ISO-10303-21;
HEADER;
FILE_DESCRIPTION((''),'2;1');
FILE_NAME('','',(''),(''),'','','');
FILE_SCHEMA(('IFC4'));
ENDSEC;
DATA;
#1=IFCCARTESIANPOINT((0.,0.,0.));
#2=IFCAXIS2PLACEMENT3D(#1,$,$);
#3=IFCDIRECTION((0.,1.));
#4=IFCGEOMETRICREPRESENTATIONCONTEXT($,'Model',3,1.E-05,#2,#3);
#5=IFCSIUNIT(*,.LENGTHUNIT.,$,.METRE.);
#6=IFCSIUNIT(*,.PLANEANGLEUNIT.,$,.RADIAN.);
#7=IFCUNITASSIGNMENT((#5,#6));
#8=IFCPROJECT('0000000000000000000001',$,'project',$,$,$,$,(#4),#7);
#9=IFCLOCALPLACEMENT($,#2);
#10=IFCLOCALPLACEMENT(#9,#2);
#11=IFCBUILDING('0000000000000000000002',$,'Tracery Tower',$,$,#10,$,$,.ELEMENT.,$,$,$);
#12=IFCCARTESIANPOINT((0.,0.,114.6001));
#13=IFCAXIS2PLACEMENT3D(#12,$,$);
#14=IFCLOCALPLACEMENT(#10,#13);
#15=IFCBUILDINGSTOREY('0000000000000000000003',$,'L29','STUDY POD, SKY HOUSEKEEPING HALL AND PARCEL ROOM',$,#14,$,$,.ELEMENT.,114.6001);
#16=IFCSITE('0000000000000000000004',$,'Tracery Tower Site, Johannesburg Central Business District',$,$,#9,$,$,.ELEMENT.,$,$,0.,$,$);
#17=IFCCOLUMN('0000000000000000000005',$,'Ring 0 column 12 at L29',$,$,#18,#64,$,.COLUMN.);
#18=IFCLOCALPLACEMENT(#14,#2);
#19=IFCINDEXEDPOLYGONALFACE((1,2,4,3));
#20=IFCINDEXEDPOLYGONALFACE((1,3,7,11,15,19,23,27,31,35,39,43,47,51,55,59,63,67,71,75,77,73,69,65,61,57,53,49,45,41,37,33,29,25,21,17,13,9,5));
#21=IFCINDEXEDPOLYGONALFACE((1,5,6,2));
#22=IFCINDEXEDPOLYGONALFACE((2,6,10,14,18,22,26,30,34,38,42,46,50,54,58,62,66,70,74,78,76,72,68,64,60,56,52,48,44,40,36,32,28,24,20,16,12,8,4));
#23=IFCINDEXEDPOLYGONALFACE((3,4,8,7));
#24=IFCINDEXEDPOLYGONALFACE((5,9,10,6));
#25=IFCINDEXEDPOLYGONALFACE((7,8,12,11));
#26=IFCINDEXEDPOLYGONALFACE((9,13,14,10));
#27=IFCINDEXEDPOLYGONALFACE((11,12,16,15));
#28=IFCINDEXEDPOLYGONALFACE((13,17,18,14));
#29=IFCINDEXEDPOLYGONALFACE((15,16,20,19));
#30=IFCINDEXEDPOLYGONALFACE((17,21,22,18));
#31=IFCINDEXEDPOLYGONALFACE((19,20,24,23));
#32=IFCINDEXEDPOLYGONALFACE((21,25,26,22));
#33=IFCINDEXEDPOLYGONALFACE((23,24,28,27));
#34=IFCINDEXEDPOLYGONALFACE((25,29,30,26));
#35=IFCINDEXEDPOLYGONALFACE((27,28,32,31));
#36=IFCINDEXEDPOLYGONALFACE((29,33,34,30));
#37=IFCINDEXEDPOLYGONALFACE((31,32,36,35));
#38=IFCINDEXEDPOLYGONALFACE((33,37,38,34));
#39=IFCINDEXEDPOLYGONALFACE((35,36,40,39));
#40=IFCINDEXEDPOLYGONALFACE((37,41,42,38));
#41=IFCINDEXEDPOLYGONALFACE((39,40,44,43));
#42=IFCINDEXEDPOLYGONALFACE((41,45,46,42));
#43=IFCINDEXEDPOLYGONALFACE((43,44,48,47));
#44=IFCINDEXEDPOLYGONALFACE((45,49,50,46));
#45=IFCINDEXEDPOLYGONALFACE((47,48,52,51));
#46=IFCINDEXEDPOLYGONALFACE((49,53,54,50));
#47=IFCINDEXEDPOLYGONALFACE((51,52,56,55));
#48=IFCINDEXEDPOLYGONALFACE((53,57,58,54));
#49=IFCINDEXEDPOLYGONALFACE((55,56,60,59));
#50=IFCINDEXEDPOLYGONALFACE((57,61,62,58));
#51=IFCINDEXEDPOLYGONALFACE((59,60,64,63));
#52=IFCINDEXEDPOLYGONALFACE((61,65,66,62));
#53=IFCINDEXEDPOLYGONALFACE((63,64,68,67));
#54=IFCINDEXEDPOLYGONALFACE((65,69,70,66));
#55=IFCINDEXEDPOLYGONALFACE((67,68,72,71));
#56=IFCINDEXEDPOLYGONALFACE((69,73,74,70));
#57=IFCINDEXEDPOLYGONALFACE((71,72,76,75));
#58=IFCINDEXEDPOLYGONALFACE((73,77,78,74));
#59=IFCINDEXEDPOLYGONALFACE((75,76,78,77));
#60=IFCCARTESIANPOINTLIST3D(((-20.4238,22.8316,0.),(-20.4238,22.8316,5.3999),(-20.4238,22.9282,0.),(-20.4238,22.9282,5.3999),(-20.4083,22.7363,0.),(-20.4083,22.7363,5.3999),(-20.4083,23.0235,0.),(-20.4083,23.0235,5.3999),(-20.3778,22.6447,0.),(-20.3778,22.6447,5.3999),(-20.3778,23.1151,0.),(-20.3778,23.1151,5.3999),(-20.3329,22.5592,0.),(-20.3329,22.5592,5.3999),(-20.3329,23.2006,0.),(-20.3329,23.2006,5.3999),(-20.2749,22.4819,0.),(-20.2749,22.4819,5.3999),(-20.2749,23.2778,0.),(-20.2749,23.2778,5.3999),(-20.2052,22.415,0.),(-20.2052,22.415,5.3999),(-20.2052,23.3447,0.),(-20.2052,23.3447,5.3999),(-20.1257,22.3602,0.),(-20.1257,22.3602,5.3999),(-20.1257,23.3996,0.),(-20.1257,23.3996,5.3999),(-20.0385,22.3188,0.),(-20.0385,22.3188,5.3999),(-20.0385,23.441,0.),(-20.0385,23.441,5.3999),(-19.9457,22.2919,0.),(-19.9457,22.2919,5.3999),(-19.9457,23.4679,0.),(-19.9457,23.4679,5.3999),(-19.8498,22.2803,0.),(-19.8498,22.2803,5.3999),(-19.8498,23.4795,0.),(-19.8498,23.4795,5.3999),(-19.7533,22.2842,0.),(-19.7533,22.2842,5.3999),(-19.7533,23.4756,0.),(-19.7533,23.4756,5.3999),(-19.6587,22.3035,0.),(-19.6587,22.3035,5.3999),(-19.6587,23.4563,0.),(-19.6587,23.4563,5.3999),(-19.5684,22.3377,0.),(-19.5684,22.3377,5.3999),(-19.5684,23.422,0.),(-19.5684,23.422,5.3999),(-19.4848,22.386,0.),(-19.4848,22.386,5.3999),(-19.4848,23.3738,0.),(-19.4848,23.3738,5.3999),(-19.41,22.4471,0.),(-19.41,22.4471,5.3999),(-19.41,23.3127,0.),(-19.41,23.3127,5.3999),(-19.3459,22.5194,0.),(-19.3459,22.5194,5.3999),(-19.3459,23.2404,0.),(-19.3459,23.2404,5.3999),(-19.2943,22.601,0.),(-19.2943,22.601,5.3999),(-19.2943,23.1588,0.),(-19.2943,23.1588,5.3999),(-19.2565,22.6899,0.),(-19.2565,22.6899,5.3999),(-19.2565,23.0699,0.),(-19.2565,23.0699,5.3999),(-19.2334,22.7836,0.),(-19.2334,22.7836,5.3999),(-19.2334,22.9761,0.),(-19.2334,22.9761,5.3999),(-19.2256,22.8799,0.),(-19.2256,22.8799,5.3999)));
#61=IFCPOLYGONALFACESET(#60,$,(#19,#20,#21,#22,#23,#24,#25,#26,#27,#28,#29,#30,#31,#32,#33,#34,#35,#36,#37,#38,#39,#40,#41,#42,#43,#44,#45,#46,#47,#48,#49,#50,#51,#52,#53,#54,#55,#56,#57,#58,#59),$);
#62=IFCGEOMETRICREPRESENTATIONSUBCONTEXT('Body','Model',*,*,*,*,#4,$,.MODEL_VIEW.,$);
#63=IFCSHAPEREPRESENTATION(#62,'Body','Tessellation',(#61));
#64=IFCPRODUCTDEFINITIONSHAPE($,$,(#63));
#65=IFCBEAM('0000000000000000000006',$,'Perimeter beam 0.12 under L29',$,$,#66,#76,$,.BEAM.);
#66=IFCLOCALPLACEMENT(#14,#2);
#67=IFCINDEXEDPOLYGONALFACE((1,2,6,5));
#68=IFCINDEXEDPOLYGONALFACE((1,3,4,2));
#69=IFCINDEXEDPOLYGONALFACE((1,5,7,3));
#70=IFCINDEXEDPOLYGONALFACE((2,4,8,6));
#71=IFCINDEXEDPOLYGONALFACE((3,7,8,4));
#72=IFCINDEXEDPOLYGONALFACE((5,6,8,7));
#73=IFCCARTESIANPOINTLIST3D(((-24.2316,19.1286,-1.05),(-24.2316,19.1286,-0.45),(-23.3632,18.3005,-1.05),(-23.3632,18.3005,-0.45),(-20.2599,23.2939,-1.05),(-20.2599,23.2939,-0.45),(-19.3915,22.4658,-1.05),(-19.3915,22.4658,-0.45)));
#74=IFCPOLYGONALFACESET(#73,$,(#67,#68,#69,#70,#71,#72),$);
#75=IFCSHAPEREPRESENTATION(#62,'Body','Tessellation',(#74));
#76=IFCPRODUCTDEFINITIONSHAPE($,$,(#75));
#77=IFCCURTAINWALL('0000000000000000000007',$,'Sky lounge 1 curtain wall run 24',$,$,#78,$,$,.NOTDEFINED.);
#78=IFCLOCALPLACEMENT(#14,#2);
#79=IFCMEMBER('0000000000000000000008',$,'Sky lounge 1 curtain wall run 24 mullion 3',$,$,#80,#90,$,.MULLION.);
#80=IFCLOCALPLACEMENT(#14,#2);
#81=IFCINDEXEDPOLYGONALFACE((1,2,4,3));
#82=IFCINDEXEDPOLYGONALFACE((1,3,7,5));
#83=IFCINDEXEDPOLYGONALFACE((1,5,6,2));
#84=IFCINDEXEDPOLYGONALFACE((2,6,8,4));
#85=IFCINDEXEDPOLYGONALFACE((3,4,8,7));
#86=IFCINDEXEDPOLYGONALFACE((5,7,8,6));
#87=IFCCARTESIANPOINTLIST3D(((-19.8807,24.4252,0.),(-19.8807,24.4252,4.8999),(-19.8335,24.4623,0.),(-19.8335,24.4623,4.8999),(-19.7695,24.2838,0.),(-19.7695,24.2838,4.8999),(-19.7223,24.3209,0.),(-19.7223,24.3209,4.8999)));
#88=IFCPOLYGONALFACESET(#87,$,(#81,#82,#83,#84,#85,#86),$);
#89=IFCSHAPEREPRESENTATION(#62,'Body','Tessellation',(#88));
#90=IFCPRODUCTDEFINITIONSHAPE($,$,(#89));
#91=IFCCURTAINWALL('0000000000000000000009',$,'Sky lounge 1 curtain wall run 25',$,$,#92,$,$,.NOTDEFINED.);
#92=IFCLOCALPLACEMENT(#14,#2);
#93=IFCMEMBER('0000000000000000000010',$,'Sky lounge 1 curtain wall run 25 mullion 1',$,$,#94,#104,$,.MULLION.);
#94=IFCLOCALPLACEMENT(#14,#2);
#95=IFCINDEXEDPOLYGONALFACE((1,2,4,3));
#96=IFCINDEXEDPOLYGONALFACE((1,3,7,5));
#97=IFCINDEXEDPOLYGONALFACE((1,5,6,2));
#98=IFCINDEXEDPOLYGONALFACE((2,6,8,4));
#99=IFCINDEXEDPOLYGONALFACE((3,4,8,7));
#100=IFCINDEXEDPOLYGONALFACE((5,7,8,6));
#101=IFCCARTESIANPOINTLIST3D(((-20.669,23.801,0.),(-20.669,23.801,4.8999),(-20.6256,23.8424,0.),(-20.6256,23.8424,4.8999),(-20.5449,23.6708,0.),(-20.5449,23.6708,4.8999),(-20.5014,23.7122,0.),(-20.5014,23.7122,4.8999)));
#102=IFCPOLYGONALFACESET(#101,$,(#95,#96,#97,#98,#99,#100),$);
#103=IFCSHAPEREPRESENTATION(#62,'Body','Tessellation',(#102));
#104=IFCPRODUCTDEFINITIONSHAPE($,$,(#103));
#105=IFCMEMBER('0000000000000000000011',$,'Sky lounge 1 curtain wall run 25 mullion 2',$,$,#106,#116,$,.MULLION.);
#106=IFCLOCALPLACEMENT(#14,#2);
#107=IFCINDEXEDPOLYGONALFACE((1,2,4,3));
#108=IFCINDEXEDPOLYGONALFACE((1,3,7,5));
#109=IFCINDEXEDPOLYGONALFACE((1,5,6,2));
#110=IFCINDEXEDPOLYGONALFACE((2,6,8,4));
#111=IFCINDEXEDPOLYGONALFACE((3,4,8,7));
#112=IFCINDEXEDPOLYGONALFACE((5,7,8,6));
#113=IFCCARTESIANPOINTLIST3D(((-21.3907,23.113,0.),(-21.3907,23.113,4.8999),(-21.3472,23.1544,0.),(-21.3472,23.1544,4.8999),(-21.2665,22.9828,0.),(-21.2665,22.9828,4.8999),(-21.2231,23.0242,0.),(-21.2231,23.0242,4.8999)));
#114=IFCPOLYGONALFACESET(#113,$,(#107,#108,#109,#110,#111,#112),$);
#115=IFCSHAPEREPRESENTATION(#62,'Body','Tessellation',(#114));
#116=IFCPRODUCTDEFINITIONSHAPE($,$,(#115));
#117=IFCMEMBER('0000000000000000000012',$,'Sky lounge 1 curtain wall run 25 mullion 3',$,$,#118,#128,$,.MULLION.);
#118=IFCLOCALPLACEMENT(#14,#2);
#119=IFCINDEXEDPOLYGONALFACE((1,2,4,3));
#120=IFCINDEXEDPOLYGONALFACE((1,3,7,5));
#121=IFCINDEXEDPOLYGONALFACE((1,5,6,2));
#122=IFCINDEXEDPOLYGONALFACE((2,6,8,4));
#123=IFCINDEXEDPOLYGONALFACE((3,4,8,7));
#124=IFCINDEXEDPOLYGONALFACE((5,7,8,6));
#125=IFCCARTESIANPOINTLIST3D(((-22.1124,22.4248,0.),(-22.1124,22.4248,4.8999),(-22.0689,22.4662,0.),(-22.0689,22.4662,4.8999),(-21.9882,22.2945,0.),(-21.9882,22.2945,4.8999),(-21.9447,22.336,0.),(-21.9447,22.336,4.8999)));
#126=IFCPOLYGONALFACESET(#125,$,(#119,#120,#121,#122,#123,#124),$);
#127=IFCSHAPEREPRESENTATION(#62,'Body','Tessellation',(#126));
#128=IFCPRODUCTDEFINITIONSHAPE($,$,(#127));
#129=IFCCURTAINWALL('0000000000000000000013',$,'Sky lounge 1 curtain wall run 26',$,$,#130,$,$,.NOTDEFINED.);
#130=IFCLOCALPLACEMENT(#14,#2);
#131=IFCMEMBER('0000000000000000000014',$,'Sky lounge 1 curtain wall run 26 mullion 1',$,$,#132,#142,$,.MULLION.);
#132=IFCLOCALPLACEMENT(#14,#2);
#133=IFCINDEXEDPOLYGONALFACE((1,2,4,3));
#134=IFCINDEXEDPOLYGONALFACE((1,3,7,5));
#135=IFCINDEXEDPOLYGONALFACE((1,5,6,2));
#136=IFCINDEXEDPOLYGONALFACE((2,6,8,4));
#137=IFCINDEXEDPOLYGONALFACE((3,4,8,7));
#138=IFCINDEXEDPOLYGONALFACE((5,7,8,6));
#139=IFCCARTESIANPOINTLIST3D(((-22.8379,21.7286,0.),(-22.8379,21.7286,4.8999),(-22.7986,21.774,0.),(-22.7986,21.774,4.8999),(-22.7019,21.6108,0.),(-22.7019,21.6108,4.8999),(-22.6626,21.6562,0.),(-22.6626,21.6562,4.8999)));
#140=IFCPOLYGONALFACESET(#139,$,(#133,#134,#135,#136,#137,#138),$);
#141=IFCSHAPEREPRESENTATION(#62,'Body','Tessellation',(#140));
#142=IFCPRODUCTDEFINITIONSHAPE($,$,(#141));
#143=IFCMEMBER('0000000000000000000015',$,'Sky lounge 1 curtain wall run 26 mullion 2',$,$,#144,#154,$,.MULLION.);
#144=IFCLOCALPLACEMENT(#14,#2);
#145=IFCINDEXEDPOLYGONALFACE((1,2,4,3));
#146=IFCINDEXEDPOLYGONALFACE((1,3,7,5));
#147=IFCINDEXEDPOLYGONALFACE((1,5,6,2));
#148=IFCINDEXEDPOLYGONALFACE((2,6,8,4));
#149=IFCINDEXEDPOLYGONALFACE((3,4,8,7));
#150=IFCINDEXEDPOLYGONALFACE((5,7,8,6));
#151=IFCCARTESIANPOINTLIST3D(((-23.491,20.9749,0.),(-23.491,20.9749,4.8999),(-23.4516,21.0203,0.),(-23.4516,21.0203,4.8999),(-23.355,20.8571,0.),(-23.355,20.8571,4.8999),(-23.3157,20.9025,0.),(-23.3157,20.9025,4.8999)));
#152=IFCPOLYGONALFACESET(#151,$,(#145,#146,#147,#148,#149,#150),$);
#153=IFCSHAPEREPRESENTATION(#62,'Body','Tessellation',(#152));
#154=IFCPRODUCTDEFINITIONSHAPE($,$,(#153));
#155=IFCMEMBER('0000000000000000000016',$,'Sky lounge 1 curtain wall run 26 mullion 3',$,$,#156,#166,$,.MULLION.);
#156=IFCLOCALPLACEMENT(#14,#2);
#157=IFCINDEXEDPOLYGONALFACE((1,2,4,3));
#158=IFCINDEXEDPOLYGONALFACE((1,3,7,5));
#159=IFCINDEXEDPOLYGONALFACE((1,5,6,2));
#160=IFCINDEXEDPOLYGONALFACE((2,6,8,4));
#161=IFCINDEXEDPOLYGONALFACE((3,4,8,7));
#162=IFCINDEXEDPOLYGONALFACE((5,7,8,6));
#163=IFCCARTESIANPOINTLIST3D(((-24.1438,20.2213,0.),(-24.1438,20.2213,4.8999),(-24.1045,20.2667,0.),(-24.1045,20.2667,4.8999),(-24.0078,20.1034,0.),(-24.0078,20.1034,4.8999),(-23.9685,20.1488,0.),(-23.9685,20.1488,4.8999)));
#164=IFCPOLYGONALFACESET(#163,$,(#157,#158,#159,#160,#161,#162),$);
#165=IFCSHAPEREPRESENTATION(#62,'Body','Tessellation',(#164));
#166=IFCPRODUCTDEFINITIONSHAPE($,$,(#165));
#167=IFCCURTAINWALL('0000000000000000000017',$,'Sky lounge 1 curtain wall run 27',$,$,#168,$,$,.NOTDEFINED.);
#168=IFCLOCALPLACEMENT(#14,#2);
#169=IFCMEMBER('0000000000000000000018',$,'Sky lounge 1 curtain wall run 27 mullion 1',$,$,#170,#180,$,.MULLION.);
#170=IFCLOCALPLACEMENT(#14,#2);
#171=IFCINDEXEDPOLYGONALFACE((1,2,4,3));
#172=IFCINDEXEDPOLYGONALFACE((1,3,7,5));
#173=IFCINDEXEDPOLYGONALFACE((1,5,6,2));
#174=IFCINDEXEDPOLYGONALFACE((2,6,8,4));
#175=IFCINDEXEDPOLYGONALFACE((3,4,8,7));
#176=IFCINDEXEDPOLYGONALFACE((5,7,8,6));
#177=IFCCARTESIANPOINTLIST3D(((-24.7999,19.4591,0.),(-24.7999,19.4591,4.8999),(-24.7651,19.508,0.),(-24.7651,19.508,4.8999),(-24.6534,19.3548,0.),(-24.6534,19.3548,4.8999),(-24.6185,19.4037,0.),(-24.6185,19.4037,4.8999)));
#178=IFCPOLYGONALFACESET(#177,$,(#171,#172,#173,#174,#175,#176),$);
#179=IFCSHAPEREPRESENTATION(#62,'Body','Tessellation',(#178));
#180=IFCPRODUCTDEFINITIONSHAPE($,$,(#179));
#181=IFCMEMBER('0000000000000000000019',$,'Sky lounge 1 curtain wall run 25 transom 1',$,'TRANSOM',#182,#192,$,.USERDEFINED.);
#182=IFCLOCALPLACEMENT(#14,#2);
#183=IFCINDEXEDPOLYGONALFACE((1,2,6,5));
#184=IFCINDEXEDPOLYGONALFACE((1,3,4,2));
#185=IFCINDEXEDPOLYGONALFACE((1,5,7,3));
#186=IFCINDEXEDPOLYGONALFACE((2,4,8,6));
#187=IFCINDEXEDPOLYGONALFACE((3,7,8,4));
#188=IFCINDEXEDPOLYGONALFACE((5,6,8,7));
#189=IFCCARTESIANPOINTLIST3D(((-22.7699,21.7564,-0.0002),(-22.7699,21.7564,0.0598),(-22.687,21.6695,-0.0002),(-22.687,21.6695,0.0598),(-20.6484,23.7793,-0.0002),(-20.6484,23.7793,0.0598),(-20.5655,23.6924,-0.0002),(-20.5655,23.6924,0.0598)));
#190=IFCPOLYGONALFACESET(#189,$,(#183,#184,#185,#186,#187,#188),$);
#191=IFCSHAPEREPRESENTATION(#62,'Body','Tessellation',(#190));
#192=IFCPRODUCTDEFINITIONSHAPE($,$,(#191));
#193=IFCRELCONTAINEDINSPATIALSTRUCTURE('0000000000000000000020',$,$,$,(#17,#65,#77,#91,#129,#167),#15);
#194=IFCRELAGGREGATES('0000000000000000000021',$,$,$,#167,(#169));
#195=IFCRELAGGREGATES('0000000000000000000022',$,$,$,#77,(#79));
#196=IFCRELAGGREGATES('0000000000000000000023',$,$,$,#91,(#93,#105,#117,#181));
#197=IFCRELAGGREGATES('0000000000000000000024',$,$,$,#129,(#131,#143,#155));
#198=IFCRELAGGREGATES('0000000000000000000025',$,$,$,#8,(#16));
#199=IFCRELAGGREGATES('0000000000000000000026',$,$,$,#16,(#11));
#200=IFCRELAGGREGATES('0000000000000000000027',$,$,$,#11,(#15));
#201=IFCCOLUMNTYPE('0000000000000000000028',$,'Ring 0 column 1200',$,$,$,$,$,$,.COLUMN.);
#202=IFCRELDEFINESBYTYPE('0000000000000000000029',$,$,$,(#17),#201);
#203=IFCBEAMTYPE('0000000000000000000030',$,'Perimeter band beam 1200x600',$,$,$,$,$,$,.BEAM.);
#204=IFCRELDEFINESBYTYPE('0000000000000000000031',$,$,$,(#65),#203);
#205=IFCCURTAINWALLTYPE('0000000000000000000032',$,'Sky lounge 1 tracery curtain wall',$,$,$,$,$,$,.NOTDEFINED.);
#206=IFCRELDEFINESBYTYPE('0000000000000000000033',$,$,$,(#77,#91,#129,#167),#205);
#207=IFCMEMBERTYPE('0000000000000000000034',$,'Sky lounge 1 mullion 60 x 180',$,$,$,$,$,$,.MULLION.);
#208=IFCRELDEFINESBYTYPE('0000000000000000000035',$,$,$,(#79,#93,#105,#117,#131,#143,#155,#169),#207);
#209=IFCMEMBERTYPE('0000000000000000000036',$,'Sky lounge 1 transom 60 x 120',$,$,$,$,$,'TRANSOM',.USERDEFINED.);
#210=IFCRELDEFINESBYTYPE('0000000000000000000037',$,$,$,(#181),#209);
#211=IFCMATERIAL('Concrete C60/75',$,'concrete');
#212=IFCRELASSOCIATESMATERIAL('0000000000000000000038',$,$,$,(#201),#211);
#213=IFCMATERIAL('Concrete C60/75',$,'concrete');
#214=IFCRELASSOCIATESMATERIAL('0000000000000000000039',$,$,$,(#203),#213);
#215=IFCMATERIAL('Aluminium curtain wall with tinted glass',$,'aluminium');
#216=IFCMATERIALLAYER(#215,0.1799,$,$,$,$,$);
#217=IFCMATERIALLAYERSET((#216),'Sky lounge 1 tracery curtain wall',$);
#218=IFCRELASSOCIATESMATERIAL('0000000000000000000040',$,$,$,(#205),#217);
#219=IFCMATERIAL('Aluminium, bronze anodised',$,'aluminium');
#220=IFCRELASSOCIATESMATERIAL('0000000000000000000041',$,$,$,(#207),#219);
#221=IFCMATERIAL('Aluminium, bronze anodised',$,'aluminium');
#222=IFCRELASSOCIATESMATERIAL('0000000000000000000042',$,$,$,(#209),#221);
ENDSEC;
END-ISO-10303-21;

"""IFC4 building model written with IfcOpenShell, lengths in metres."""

from ifc_helpers import new_model, si_unit, direction, frame, origin, origin_2d, place, context, subcontext, project, spatial, rectangle, circle, extrude, material, layer, layer_set, material_profile, profile_set, type_object, element, aggregate, save


model = new_model("IFC4")

# Units and contexts
model_context = context("Model", 3, precision=1e-05, world=origin(), true_north=direction((0.0, 1.0)))
body_context = subcontext(model_context, "Body", "Model", "MODEL_VIEW")
ifc_project = project(units=[si_unit("LENGTHUNIT", "METRE"), si_unit("PLANEANGLEUNIT", "RADIAN")], contexts=[model_context])

# Site, building, storey
site_placement = place(None, origin())
site = spatial("IfcSite", under=ifc_project, at=site_placement, Name="Tracery Tower Site, Johannesburg Central Business District", CompositionType="ELEMENT", RefElevation=0.0)
building_placement = place(site_placement, origin())
building = spatial("IfcBuilding", under=site, at=building_placement, Name="Tracery Tower", CompositionType="ELEMENT")
storey_placement = place(building_placement, frame((0.0, 0.0, 114.6001)))
storey = spatial("IfcBuildingStorey", under=building, at=storey_placement, Name="L29", Description="STUDY POD, SKY HOUSEKEEPING HALL AND PARCEL ROOM", CompositionType="ELEMENT", Elevation=114.6001)

# Column
ifc_material_1 = material(Name="Concrete C60/75", Category="concrete")
ifc_material_profile_1 = material_profile(ifc_material_1, circle(Radius=0.6001, at=origin_2d()), Name="RC D1200")
ifc_profile_set_1 = profile_set([ifc_material_profile_1], Name="Concrete C60/75")
column_type = type_object("IfcColumnType", Name="Ring 0 column 1200", PredefinedType="COLUMN", material=ifc_profile_set_1)
column_placement = place(storey_placement, frame((-19.8257, 22.8799, 0.0), z_axis=(0.0, 0.0, 1.0), x_axis=(1.0, 0.0, 0.0)))
element("IfcColumn", 1, at=column_placement, inside=storey, type_object=column_type, Name="Ring 0 column 12 at L29", PredefinedType="COLUMN", context=body_context, shape_type="SweptSolid", body=[
    extrude(circle(Radius=0.6001, at=origin_2d()), origin(), (0.0, 0.0, 1.0), 5.3999),
])

# Beam
ifc_material_2 = material(Name="Concrete C60/75", Category="concrete")
ifc_material_profile_2 = material_profile(ifc_material_2, rectangle(XDim=1.2, YDim=0.6001, at=origin_2d()), Name="RC 1200x600")
ifc_profile_set_2 = profile_set([ifc_material_profile_2], Name="Concrete C60/75")
beam_type = type_object("IfcBeamType", Name="Perimeter band beam 1200x600", PredefinedType="BEAM", material=ifc_profile_set_2)
beam_placement = place(storey_placement, frame((-19.8257, 22.8799, -0.75), z_axis=(-0.690087, -0.723726, 0.0), x_axis=(0.723726, -0.690087, 0.0)))
element("IfcBeam", 2, at=beam_placement, inside=storey, type_object=beam_type, Name="Perimeter beam 0.12 under L29", PredefinedType="BEAM", context=body_context, shape_type="SweptSolid", body=[
    extrude(rectangle(XDim=1.2, YDim=0.6001, at=origin_2d()), origin(), (0.0, 0.0, 1.0), 5.7554),
])

# Curtain wall, member
ifc_material_3 = material(Name="Aluminium curtain wall with tinted glass", Category="aluminium")
ifc_layer_1 = layer(ifc_material_3, 0.1799)
ifc_layer_set_1 = layer_set([ifc_layer_1], Name="Sky lounge 1 tracery curtain wall")
curtain_wall_type = type_object("IfcCurtainWallType", Name="Sky lounge 1 tracery curtain wall", PredefinedType="NOTDEFINED", material=ifc_layer_set_1)
curtain_wall_1_placement = place(storey_placement, origin())
curtain_wall_1 = element("IfcCurtainWall", 3, at=curtain_wall_1_placement, inside=storey, type_object=curtain_wall_type, Name="Sky lounge 1 curtain wall run 24", PredefinedType="NOTDEFINED")
ifc_material_4 = material(Name="Aluminium, bronze anodised", Category="aluminium")
ifc_material_profile_3 = material_profile(ifc_material_4, rectangle(XDim=0.1799, YDim=0.0601, at=origin_2d()), Name="AL 60x180")
ifc_profile_set_3 = profile_set([ifc_material_profile_3], Name="Aluminium, bronze anodised")
member_type_1 = type_object("IfcMemberType", Name="Sky lounge 1 mullion 60 x 180", PredefinedType="MULLION", material=ifc_profile_set_3)
member_1_placement = place(storey_placement, frame((-19.8015, 24.373, 0.0), z_axis=(0.0, 0.0, 1.0), x_axis=(0.618159, -0.786053, 0.0)))
member_1 = element("IfcMember", 4, at=member_1_placement, type_object=member_type_1, Name="Sky lounge 1 curtain wall run 24 mullion 3", PredefinedType="MULLION", context=body_context, shape_type="SweptSolid", body=[
    extrude(rectangle(XDim=0.1799, YDim=0.0601, at=origin_2d()), origin(), (0.0, 0.0, 1.0), 4.8999),
])

# Curtain walls, members
curtain_wall_2_placement = place(storey_placement, origin())
curtain_wall_2 = element("IfcCurtainWall", 5, at=curtain_wall_2_placement, inside=storey, type_object=curtain_wall_type, Name="Sky lounge 1 curtain wall run 25", PredefinedType="NOTDEFINED")
member_2_placement = place(storey_placement, frame((-20.5852, 23.7566, 0.0), z_axis=(0.0, 0.0, 1.0), x_axis=(0.690079, -0.723734, 0.0)))
member_2 = element("IfcMember", 6, at=member_2_placement, type_object=member_type_1, Name="Sky lounge 1 curtain wall run 25 mullion 1", PredefinedType="MULLION", context=body_context, shape_type="SweptSolid", body=[
    extrude(rectangle(XDim=0.1799, YDim=0.0601, at=origin_2d()), origin(), (0.0, 0.0, 1.0), 4.8999),
])
member_3_placement = place(storey_placement, frame((-21.3069, 23.0686, 0.0), z_axis=(0.0, 0.0, 1.0), x_axis=(0.690079, -0.723734, 0.0)))
member_3 = element("IfcMember", 7, at=member_3_placement, type_object=member_type_1, Name="Sky lounge 1 curtain wall run 25 mullion 2", PredefinedType="MULLION", context=body_context, shape_type="SweptSolid", body=[
    extrude(rectangle(XDim=0.1799, YDim=0.0601, at=origin_2d()), origin(), (0.0, 0.0, 1.0), 4.8999),
])
member_4_placement = place(storey_placement, frame((-22.0286, 22.3804, 0.0), z_axis=(0.0, 0.0, 1.0), x_axis=(0.690079, -0.723734, 0.0)))
member_4 = element("IfcMember", 8, at=member_4_placement, type_object=member_type_1, Name="Sky lounge 1 curtain wall run 25 mullion 3", PredefinedType="MULLION", context=body_context, shape_type="SweptSolid", body=[
    extrude(rectangle(XDim=0.1799, YDim=0.0601, at=origin_2d()), origin(), (0.0, 0.0, 1.0), 4.8999),
])
curtain_wall_3_placement = place(storey_placement, origin())
curtain_wall_3 = element("IfcCurtainWall", 9, at=curtain_wall_3_placement, inside=storey, type_object=curtain_wall_type, Name="Sky lounge 1 curtain wall run 26", PredefinedType="NOTDEFINED")
member_5_placement = place(storey_placement, frame((-22.7502, 21.6924, 0.0), z_axis=(0.0, 0.0, 1.0), x_axis=(0.75575, -0.654861, 0.0)))
member_5 = element("IfcMember", 10, at=member_5_placement, type_object=member_type_1, Name="Sky lounge 1 curtain wall run 26 mullion 1", PredefinedType="MULLION", context=body_context, shape_type="SweptSolid", body=[
    extrude(rectangle(XDim=0.1799, YDim=0.0601, at=origin_2d()), origin(), (0.0, 0.0, 1.0), 4.8999),
])
member_6_placement = place(storey_placement, frame((-23.4033, 20.9387, 0.0), z_axis=(0.0, 0.0, 1.0), x_axis=(0.75575, -0.654861, 0.0)))
member_6 = element("IfcMember", 11, at=member_6_placement, type_object=member_type_1, Name="Sky lounge 1 curtain wall run 26 mullion 2", PredefinedType="MULLION", context=body_context, shape_type="SweptSolid", body=[
    extrude(rectangle(XDim=0.1799, YDim=0.0601, at=origin_2d()), origin(), (0.0, 0.0, 1.0), 4.8999),
])
member_7_placement = place(storey_placement, frame((-24.0562, 20.1851, 0.0), z_axis=(0.0, 0.0, 1.0), x_axis=(0.75575, -0.654861, 0.0)))
member_7 = element("IfcMember", 12, at=member_7_placement, type_object=member_type_1, Name="Sky lounge 1 curtain wall run 26 mullion 3", PredefinedType="MULLION", context=body_context, shape_type="SweptSolid", body=[
    extrude(rectangle(XDim=0.1799, YDim=0.0601, at=origin_2d()), origin(), (0.0, 0.0, 1.0), 4.8999),
])

# Curtain wall, member
curtain_wall_4_placement = place(storey_placement, origin())
curtain_wall_4 = element("IfcCurtainWall", 13, at=curtain_wall_4_placement, inside=storey, type_object=curtain_wall_type, Name="Sky lounge 1 curtain wall run 27", PredefinedType="NOTDEFINED")
member_8_placement = place(storey_placement, frame((-24.7092, 19.4314, 0.0), z_axis=(0.0, 0.0, 1.0), x_axis=(0.814576, -0.580057, 0.0)))
member_8 = element("IfcMember", 14, at=member_8_placement, type_object=member_type_1, Name="Sky lounge 1 curtain wall run 27 mullion 1", PredefinedType="MULLION", context=body_context, shape_type="SweptSolid", body=[
    extrude(rectangle(XDim=0.1799, YDim=0.0601, at=origin_2d()), origin(), (0.0, 0.0, 1.0), 4.8999),
])

# Member
ifc_material_5 = material(Name="Aluminium, bronze anodised", Category="aluminium")
ifc_material_profile_4 = material_profile(ifc_material_5, rectangle(XDim=0.1201, YDim=0.0601, at=origin_2d()), Name="AL 60x120")
ifc_profile_set_4 = profile_set([ifc_material_profile_4], Name="Aluminium, bronze anodised")
member_type_2 = type_object("IfcMemberType", Name="Sky lounge 1 transom 60 x 120", ElementType="TRANSOM", PredefinedType="USERDEFINED", material=ifc_profile_set_4)
member_9_placement = place(storey_placement, frame((-20.6069, 23.7358, 0.0298), z_axis=(-0.72373, -0.690083, 0.0), x_axis=(0.690083, -0.72373, 0.0)))
member_9 = element("IfcMember", 15, at=member_9_placement, type_object=member_type_2, Name="Sky lounge 1 curtain wall run 25 transom 1", ObjectType="TRANSOM", PredefinedType="USERDEFINED", context=body_context, shape_type="SweptSolid", body=[
    extrude(rectangle(XDim=0.1201, YDim=0.0601, at=origin_2d()), origin(), (0.0, 0.0, 1.0), 2.9314),
])
aggregate(curtain_wall_4, [member_8])

aggregate(curtain_wall_1, [member_1])
aggregate(curtain_wall_2, [member_2, member_3, member_4, member_9])
aggregate(curtain_wall_3, [member_5, member_6, member_7])

save(model, "model.ifc")
